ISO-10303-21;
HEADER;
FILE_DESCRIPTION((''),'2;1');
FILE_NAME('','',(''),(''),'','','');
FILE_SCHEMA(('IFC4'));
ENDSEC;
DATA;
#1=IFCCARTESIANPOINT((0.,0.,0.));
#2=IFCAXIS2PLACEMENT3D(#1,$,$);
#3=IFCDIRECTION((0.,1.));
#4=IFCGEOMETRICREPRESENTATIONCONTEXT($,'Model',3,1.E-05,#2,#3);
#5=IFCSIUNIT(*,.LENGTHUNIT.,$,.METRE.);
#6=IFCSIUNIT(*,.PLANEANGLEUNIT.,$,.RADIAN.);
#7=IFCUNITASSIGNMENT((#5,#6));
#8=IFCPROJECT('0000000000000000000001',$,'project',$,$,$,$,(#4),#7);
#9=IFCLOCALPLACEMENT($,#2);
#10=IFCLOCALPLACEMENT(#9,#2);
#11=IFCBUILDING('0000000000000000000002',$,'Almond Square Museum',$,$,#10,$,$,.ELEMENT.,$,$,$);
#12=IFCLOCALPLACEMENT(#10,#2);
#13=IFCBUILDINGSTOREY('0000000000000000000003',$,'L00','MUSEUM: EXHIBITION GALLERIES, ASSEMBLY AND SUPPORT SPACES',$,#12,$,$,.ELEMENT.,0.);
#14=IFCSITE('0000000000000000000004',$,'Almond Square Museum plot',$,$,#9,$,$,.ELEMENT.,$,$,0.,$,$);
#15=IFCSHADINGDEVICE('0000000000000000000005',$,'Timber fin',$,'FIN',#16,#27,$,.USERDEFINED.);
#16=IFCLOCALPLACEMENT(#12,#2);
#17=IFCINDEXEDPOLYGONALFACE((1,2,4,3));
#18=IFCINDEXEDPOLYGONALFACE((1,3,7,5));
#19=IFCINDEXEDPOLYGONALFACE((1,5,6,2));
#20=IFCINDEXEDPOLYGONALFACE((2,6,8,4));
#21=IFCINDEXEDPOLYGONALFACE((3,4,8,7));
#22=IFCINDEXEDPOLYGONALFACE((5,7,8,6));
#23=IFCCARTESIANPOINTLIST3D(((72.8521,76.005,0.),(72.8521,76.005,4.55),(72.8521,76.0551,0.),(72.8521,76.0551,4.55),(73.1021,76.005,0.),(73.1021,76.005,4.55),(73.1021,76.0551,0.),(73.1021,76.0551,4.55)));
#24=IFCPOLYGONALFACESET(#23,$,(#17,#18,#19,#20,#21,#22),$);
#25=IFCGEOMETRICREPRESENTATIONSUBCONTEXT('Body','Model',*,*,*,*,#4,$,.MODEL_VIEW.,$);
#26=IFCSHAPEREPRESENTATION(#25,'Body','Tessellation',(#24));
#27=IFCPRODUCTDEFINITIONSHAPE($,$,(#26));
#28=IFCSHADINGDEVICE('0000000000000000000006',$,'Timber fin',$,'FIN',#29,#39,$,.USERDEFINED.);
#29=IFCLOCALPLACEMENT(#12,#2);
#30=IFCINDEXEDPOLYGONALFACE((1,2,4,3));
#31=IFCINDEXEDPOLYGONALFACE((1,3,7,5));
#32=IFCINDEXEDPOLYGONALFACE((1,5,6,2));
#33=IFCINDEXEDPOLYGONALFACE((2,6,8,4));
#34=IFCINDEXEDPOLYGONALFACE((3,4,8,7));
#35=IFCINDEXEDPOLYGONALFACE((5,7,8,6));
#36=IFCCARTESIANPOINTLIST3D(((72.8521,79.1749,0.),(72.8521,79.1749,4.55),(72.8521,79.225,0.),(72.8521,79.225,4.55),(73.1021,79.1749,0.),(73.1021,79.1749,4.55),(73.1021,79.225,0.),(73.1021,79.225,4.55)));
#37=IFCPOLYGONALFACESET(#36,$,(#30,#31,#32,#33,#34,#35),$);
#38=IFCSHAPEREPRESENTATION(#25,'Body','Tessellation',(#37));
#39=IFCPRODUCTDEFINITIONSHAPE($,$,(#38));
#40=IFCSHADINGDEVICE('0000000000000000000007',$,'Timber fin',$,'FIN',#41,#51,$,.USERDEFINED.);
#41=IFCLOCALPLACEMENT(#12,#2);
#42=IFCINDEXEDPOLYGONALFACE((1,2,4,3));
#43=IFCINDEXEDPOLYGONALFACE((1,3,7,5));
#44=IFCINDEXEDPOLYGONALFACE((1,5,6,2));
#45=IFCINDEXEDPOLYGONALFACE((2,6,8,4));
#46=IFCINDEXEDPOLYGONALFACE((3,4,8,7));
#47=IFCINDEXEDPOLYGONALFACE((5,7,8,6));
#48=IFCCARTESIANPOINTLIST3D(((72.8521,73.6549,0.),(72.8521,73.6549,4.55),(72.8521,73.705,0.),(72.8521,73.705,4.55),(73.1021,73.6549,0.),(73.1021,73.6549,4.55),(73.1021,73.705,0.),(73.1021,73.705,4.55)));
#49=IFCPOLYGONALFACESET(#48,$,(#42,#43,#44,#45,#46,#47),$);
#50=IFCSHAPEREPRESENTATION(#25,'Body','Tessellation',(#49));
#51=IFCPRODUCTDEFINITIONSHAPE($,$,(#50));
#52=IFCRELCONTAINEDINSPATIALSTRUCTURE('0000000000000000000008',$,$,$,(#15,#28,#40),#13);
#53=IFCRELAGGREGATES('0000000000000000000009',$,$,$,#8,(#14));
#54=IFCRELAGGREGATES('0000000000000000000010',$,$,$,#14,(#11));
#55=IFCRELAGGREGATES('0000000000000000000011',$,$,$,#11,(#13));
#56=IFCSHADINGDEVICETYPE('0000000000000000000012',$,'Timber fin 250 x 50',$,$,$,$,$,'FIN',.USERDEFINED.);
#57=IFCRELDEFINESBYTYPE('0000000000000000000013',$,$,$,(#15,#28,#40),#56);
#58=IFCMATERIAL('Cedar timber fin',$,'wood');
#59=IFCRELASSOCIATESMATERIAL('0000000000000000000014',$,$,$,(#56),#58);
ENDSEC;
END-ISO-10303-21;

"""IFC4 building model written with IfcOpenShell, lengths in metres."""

from ifc_helpers import new_model, si_unit, direction, frame, origin, origin_2d, place, context, subcontext, project, spatial, rectangle, extrude, material, material_profile, profile_set, type_object, element, save


model = new_model("IFC4")

# Units and contexts
model_context = context("Model", 3, precision=1e-05, world=origin(), true_north=direction((0.0, 1.0)))
body_context = subcontext(model_context, "Body", "Model", "MODEL_VIEW")
ifc_project = project(units=[si_unit("LENGTHUNIT", "METRE"), si_unit("PLANEANGLEUNIT", "RADIAN")], contexts=[model_context])

# Site, building, storey
site_placement = place(None, origin())
site = spatial("IfcSite", under=ifc_project, at=site_placement, Name="Almond Square Museum plot", CompositionType="ELEMENT", RefElevation=0.0)
building_placement = place(site_placement, origin())
building = spatial("IfcBuilding", under=site, at=building_placement, Name="Almond Square Museum", CompositionType="ELEMENT")
storey_placement = place(building_placement, origin())
storey = spatial("IfcBuildingStorey", under=building, at=storey_placement, Name="L00", Description="MUSEUM: EXHIBITION GALLERIES, ASSEMBLY AND SUPPORT SPACES", CompositionType="ELEMENT", Elevation=0.0)

# Shading devices
ifc_material_1 = material(Name="Cedar timber fin", Category="wood")
ifc_material_profile_1 = material_profile(ifc_material_1, rectangle(XDim=0.25, YDim=0.05, at=origin_2d()))
ifc_profile_set_1 = profile_set([ifc_material_profile_1], Name="Cedar timber fin")
shading_device_type_1 = type_object("IfcShadingDeviceType", Name="Timber fin 250 x 50", ElementType="FIN", PredefinedType="USERDEFINED", material=ifc_profile_set_1)
for number, where, z_axis, x_axis, name in (
    (1, (72.9771, 76.03, 0.0), (0.0, 0.0, 1.0), (-1.0, 0.0, 0.0), "Timber fin"),
    (2, (72.9771, 79.2, 0.0), (0.0, 0.0, 1.0), (-1.0, 0.0, 0.0), "Timber fin"),
    (3, (72.9771, 73.6799, 0.0), (0.0, 0.0, 1.0), (-1.0, 0.0, 0.0), "Timber fin"),
):
    element("IfcShadingDevice", number, at=place(storey_placement, frame(where, z_axis=z_axis, x_axis=x_axis)), inside=storey, type_object=shading_device_type_1, Name=name, ObjectType="FIN", PredefinedType="USERDEFINED", context=body_context, shape_type="SweptSolid", body=[
        extrude(rectangle(XDim=0.25, YDim=0.05, at=origin_2d()), origin(), (0.0, 0.0, 1.0), 4.55),
    ])

save(model, "model.ifc")
